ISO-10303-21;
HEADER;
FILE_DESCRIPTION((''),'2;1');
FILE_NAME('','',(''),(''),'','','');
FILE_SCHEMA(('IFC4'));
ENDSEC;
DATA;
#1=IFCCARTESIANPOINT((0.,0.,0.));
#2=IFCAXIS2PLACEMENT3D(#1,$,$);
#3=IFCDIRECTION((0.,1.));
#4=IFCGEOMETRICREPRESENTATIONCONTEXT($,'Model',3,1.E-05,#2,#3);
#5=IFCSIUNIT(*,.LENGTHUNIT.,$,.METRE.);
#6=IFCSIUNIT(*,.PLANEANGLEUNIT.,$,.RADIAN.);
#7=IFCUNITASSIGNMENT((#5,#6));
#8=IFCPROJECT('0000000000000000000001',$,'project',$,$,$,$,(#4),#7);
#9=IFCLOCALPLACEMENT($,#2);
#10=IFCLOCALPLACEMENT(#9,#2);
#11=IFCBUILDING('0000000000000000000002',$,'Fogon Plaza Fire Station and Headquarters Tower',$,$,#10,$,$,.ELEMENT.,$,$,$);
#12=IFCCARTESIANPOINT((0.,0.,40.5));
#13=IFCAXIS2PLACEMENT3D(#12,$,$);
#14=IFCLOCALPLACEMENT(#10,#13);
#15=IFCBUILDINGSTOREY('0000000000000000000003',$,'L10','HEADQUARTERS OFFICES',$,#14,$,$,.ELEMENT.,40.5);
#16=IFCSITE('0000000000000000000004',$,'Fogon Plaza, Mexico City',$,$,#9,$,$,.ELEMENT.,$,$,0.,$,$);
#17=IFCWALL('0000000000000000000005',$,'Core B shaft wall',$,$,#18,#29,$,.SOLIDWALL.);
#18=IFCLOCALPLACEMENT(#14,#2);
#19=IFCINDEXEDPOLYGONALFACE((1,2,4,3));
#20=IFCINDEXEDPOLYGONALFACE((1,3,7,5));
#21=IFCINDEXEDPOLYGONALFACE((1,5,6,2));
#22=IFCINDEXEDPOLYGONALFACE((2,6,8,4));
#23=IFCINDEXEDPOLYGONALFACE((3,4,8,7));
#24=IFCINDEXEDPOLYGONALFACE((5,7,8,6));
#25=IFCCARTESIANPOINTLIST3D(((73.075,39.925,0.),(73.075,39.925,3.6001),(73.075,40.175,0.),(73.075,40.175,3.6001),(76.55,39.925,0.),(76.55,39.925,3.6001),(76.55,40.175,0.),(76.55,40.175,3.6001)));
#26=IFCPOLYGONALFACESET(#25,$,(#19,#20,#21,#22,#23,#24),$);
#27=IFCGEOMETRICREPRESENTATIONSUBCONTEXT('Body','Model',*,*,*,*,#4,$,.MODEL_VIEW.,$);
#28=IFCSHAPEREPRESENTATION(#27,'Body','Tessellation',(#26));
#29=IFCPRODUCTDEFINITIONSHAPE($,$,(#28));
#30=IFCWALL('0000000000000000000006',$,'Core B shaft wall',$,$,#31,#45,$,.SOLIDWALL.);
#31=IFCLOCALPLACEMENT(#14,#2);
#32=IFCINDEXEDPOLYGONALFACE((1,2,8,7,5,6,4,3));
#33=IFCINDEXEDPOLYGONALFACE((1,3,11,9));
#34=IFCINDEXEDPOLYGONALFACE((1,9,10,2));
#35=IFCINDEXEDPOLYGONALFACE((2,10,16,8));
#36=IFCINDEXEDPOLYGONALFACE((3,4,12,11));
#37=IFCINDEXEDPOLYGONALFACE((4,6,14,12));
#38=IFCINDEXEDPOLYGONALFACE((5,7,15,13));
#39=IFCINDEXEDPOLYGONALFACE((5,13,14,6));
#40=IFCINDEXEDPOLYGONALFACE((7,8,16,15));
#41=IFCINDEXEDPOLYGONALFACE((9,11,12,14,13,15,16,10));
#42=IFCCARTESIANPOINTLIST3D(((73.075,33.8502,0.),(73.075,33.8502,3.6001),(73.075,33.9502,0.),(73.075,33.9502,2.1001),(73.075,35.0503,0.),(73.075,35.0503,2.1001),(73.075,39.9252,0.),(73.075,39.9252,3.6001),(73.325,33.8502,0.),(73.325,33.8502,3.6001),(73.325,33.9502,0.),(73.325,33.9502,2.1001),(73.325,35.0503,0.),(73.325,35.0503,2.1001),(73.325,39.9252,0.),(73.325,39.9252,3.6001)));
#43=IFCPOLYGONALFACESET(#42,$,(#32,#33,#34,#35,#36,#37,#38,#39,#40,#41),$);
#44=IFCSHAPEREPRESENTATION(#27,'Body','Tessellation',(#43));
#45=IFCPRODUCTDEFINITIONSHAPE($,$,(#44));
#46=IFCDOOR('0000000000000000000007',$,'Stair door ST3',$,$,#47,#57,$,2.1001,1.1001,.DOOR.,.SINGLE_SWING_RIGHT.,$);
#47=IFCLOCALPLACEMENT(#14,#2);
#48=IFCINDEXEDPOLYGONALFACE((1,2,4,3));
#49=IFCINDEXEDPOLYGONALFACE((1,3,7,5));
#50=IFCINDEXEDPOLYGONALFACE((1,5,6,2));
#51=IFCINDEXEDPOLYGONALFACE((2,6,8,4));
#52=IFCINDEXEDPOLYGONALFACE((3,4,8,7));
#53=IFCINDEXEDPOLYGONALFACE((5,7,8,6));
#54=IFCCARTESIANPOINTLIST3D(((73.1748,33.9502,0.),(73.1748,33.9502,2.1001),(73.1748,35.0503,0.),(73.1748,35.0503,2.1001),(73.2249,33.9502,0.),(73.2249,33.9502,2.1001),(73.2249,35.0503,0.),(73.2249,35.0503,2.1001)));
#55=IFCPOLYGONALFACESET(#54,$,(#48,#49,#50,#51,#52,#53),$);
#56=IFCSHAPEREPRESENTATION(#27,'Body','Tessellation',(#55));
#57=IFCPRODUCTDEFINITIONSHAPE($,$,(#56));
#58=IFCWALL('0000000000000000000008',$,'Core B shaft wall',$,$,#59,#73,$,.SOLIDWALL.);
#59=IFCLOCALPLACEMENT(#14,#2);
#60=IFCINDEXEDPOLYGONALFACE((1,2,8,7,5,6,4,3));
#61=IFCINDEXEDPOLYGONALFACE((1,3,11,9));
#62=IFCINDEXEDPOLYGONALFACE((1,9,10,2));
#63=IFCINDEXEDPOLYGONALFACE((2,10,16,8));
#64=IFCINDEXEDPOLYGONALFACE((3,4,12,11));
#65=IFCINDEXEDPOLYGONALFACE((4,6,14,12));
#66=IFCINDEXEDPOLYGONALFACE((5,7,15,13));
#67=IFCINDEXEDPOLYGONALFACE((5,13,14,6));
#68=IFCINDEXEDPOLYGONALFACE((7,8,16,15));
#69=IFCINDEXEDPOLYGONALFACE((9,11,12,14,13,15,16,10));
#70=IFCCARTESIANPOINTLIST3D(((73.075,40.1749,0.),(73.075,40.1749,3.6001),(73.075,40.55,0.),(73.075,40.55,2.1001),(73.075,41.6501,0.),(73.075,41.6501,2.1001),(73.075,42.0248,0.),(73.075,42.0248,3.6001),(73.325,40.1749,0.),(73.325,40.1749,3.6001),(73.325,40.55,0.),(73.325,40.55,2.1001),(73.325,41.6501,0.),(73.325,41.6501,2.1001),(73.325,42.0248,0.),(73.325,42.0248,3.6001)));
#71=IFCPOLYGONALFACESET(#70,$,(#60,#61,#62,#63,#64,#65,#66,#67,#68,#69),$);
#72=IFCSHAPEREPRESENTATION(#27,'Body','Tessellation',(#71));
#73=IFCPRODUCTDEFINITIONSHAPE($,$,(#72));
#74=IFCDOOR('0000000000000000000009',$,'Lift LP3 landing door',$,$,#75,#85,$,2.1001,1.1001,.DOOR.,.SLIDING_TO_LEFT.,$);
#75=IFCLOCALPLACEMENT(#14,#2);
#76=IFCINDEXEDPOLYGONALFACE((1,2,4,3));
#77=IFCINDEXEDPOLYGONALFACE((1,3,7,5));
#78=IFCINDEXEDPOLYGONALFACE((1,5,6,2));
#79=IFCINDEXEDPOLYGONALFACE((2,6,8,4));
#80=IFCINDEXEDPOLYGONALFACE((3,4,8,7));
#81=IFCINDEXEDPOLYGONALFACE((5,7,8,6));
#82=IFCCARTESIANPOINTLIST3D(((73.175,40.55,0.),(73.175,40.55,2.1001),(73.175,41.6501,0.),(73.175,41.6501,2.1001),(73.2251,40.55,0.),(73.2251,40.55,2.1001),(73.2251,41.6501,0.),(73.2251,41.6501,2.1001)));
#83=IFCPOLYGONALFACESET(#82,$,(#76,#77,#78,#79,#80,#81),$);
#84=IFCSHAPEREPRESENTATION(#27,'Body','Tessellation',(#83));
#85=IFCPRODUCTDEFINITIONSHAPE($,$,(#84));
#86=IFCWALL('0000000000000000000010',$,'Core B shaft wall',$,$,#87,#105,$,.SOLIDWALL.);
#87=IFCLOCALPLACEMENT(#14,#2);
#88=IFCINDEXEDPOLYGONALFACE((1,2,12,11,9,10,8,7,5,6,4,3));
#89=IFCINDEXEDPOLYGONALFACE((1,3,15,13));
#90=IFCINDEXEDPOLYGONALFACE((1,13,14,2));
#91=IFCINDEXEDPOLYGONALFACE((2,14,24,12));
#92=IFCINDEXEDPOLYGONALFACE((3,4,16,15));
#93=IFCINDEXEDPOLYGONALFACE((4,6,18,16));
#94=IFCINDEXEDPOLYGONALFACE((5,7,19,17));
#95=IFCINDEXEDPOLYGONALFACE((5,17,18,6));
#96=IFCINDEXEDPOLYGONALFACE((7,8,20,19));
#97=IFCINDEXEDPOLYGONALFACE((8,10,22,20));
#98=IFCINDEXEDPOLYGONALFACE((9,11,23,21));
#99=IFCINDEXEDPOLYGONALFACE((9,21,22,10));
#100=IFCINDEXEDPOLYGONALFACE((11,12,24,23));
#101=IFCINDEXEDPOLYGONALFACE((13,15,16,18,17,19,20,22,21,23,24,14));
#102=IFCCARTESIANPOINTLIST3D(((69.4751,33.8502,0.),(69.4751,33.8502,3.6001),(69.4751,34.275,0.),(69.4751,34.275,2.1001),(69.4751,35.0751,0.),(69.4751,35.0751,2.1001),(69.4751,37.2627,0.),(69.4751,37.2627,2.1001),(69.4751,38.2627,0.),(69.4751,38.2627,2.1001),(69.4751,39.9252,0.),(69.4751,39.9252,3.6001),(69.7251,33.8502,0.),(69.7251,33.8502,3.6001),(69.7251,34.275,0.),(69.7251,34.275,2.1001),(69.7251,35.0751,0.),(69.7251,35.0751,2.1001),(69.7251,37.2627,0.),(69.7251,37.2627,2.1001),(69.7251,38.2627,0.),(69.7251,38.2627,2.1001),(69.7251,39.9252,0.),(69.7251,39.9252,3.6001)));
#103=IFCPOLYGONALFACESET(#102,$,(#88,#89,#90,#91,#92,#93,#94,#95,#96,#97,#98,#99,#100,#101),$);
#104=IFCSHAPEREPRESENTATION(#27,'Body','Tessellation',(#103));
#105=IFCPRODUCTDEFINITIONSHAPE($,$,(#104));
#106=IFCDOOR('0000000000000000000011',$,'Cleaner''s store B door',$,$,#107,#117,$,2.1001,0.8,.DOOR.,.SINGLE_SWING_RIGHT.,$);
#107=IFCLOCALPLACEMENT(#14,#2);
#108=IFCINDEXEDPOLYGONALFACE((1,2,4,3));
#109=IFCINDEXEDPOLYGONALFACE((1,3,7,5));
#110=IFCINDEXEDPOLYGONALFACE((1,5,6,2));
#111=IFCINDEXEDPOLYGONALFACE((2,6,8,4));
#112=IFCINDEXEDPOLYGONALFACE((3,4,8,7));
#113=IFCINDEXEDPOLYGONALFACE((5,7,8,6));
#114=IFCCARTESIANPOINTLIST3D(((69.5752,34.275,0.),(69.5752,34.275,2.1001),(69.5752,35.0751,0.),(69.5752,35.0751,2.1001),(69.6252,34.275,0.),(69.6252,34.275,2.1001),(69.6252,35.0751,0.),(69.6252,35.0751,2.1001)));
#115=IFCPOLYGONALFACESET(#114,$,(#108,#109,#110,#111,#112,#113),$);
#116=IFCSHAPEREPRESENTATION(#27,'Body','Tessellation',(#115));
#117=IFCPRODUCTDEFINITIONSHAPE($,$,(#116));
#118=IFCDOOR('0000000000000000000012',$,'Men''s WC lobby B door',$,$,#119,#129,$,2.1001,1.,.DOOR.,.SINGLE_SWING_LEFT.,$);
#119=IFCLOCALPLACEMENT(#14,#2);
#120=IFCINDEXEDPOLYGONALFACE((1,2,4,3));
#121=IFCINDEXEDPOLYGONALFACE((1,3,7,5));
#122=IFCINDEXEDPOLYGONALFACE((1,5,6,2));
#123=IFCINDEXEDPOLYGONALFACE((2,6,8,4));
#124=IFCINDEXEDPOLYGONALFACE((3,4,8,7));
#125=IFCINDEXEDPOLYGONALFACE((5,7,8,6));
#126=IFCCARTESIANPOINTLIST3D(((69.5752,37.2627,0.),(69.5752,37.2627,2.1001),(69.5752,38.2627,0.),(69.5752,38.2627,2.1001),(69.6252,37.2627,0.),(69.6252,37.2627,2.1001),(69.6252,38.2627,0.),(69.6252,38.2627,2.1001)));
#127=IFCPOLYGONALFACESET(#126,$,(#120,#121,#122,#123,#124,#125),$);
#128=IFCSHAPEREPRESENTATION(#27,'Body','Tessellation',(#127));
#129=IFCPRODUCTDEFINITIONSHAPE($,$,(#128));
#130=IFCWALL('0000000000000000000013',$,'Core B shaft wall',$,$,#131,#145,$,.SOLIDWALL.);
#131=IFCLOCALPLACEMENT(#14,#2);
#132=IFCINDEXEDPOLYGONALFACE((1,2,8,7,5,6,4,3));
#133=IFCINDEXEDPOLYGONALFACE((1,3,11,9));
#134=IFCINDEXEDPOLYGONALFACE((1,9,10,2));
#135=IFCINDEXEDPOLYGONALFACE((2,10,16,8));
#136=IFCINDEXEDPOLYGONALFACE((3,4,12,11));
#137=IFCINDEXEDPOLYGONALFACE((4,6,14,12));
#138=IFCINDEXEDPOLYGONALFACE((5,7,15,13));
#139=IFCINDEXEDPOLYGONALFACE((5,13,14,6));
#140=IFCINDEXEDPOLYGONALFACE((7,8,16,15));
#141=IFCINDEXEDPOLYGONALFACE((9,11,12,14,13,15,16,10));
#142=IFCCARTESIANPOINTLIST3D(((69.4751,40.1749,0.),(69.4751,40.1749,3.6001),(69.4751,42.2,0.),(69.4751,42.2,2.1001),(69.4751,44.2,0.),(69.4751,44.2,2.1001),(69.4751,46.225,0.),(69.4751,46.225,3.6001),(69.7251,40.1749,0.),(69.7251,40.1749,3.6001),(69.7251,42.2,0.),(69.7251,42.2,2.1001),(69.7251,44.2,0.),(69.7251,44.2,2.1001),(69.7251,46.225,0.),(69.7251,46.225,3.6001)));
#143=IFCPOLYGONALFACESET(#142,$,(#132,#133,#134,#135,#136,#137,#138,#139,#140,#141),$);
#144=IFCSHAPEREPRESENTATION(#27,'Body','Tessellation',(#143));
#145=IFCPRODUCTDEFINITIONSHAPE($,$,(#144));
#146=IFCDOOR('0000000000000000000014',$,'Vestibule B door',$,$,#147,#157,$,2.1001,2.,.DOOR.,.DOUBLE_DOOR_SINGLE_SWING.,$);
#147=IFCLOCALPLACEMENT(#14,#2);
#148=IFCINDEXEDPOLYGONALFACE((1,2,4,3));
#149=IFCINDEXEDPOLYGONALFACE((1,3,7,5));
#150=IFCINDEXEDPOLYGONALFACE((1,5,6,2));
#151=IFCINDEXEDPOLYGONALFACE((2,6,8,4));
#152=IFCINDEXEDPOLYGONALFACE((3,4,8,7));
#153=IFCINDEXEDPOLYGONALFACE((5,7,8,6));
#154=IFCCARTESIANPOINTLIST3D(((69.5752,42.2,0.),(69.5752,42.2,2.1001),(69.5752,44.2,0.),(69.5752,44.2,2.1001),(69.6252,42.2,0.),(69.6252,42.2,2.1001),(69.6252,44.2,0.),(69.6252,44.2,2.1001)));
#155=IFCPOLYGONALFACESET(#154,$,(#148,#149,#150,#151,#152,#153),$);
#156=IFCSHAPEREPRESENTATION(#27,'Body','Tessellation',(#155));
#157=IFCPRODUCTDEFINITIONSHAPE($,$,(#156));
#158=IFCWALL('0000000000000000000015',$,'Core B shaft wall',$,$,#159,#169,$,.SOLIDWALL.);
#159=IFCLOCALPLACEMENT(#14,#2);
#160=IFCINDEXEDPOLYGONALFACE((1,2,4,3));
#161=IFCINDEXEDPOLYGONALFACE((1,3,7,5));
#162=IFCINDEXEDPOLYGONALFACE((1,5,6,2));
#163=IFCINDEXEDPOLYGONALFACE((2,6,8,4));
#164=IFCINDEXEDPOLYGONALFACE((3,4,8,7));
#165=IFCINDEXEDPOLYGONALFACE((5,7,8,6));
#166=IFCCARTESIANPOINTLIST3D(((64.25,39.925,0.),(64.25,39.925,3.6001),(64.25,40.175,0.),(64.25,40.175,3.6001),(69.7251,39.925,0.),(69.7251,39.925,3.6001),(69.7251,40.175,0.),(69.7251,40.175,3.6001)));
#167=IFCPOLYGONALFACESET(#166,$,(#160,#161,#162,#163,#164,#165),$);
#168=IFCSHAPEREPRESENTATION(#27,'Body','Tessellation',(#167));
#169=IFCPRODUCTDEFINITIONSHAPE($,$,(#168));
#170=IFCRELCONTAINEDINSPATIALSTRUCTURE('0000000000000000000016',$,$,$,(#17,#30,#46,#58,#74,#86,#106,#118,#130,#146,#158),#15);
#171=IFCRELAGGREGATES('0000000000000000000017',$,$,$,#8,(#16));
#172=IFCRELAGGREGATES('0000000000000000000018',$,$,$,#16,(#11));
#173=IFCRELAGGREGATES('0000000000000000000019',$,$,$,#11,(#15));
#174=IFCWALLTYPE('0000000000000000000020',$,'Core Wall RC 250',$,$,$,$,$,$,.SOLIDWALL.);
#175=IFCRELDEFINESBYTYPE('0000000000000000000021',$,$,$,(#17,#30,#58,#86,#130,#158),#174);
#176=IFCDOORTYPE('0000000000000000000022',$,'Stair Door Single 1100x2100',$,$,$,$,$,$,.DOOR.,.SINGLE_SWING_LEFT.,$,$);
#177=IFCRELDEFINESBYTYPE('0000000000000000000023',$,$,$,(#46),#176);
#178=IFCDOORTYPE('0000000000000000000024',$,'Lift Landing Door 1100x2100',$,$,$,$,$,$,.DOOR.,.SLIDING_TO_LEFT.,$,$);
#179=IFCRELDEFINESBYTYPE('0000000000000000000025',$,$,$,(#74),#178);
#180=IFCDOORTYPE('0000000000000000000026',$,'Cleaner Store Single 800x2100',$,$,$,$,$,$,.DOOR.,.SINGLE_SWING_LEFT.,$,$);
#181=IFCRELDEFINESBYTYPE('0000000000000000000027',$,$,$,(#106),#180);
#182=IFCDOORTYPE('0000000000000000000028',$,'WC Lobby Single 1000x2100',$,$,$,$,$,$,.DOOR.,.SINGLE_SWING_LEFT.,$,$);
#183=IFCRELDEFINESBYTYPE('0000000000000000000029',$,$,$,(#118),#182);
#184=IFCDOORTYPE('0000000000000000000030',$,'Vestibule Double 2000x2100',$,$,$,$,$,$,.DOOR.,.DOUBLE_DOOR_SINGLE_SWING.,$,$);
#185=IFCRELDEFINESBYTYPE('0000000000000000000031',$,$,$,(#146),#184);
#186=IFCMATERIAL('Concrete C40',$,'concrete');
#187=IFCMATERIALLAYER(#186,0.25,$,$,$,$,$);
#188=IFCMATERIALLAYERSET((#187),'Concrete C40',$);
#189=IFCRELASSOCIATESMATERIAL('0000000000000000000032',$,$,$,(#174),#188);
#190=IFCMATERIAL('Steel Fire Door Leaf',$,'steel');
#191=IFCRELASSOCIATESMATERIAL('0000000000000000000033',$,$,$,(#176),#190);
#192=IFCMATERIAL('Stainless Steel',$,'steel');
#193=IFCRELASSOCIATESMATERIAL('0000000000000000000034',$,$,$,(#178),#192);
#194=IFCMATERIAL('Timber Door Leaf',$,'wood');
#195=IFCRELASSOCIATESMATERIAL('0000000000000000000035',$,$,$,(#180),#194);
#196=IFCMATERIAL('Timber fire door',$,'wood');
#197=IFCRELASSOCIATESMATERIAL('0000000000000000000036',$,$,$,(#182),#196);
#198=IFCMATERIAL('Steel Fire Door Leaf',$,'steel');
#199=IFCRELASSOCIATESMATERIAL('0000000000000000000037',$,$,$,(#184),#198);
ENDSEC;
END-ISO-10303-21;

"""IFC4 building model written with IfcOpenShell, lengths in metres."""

from ifc_helpers import new_model, si_unit, direction, frame, frame_2d, origin, place, context, subcontext, project, spatial, rectangle, extrude, material, layer, layer_set, type_object, element, fill, save


model = new_model("IFC4")

# Units and contexts
model_context = context("Model", 3, precision=1e-05, world=origin(), true_north=direction((0.0, 1.0)))
body_context = subcontext(model_context, "Body", "Model", "MODEL_VIEW")
ifc_project = project(units=[si_unit("LENGTHUNIT", "METRE"), si_unit("PLANEANGLEUNIT", "RADIAN")], contexts=[model_context])

# Site, building, storey
site_placement = place(None, origin())
site = spatial("IfcSite", under=ifc_project, at=site_placement, Name="Fogon Plaza, Mexico City", CompositionType="ELEMENT", RefElevation=0.0)
building_placement = place(site_placement, origin())
building = spatial("IfcBuilding", under=site, at=building_placement, Name="Fogon Plaza Fire Station and Headquarters Tower", CompositionType="ELEMENT")
storey_placement = place(building_placement, frame((0.0, 0.0, 40.5)))
storey = spatial("IfcBuildingStorey", under=building, at=storey_placement, Name="L10", Description="HEADQUARTERS OFFICES", CompositionType="ELEMENT", Elevation=40.5)

# Wall
ifc_material_1 = material(Name="Concrete C40", Category="concrete")
ifc_layer_1 = layer(ifc_material_1, 0.25)
ifc_layer_set_1 = layer_set([ifc_layer_1], Name="Concrete C40")
wall_type_1 = type_object("IfcWallType", Name="Core Wall RC 250", PredefinedType="SOLIDWALL", material=ifc_layer_set_1)
wall_1_placement = place(storey_placement, frame((76.55, 40.05, 0.0), z_axis=(0.0, 0.0, 1.0), x_axis=(-1.0, 0.0, 0.0)))
element("IfcWall", 1, at=wall_1_placement, inside=storey, type_object=wall_type_1, Name="Core B shaft wall", PredefinedType="SOLIDWALL", context=body_context, shape_type="SweptSolid", body=[
    extrude(rectangle(XDim=3.4751, YDim=0.25, at=frame_2d((1.7375, 0.0))), origin(), (0.0, 0.0, 1.0), 3.6001),
])

# Walls, openings, doors
wall_2_placement = place(storey_placement, frame((73.2, 33.8501, 0.0), z_axis=(0.0, 0.0, 1.0), x_axis=(0.0, 1.0, 0.0)))
wall_2 = element("IfcWall", 2, at=wall_2_placement, inside=storey, type_object=wall_type_1, Name="Core B shaft wall", PredefinedType="SOLIDWALL", context=body_context, shape_type="SweptSolid", body=[
    extrude(rectangle(XDim=6.075, YDim=0.25, at=frame_2d((3.0376, 0.0))), origin(), (0.0, 0.0, 1.0), 3.6001),
])
opening_1_placement = place(wall_2_placement, frame((0.1001, 0.0, 0.0)))
opening_1 = element("IfcOpeningElement", 3, at=opening_1_placement, cuts=wall_2, PredefinedType="OPENING", context=body_context, shape_type="SweptSolid", body=[
    extrude(rectangle(XDim=1.1001, YDim=2.1001, at=frame_2d((0.55, 1.05))), frame((0.0, 0.135, 0.0), z_axis=(0.0, -1.0, 0.0), x_axis=(1.0, 0.0, 0.0)), (0.0, 0.0, 1.0), 0.27),
])
ifc_material_2 = material(Name="Steel Fire Door Leaf", Category="steel")
door_type_1 = type_object("IfcDoorType", Name="Stair Door Single 1100x2100", OperationType="SINGLE_SWING_LEFT", PredefinedType="DOOR", material=ifc_material_2)
door_1_placement = place(opening_1_placement, frame((1.1001, 0.0, 0.0), z_axis=(0.0, 0.0, 1.0), x_axis=(-1.0, 0.0, 0.0)))
door_1 = element("IfcDoor", 4, at=door_1_placement, inside=storey, type_object=door_type_1, Name="Stair door ST3", OperationType="SINGLE_SWING_RIGHT", OverallHeight=2.1001, OverallWidth=1.1001, PredefinedType="DOOR", context=body_context, shape_type="SweptSolid", body=[
    extrude(rectangle(XDim=1.1001, YDim=2.1001, at=frame_2d((0.55, 1.05))), frame((0.0, 0.0249, 0.0), z_axis=(0.0, -1.0, 0.0), x_axis=(1.0, 0.0, 0.0)), (0.0, 0.0, 1.0), 0.05),
])
fill(opening_1, door_1)
wall_3_placement = place(storey_placement, frame((73.2, 40.175, 0.0), z_axis=(0.0, 0.0, 1.0), x_axis=(0.0, 1.0, 0.0)))
wall_3 = element("IfcWall", 5, at=wall_3_placement, inside=storey, type_object=wall_type_1, Name="Core B shaft wall", PredefinedType="SOLIDWALL", context=body_context, shape_type="SweptSolid", body=[
    extrude(rectangle(XDim=1.8499, YDim=0.25, at=frame_2d((0.9248, 0.0))), origin(), (0.0, 0.0, 1.0), 3.6001),
])
opening_2_placement = place(wall_3_placement, frame((0.375, 0.0, 0.0)))
opening_2 = element("IfcOpeningElement", 6, at=opening_2_placement, cuts=wall_3, PredefinedType="OPENING", context=body_context, shape_type="SweptSolid", body=[
    extrude(rectangle(XDim=1.1001, YDim=2.1001, at=frame_2d((0.55, 1.05))), frame((0.0, 0.135, 0.0), z_axis=(0.0, -1.0, 0.0), x_axis=(1.0, 0.0, 0.0)), (0.0, 0.0, 1.0), 0.27),
])
ifc_material_3 = material(Name="Stainless Steel", Category="steel")
door_type_2 = type_object("IfcDoorType", Name="Lift Landing Door 1100x2100", OperationType="SLIDING_TO_LEFT", PredefinedType="DOOR", material=ifc_material_3)
door_2_placement = place(opening_2_placement, origin())
door_2 = element("IfcDoor", 7, at=door_2_placement, inside=storey, type_object=door_type_2, Name="Lift LP3 landing door", OperationType="SLIDING_TO_LEFT", OverallHeight=2.1001, OverallWidth=1.1001, PredefinedType="DOOR", context=body_context, shape_type="SweptSolid", body=[
    extrude(rectangle(XDim=1.1001, YDim=2.1001, at=frame_2d((0.55, 1.05))), frame((0.0, 0.0249, 0.0), z_axis=(0.0, -1.0, 0.0), x_axis=(1.0, 0.0, 0.0)), (0.0, 0.0, 1.0), 0.05),
])
fill(opening_2, door_2)

# Wall, openings, doors
wall_4_placement = place(storey_placement, frame((69.6001, 33.8501, 0.0), z_axis=(0.0, 0.0, 1.0), x_axis=(0.0, 1.0, 0.0)))
wall_4 = element("IfcWall", 8, at=wall_4_placement, inside=storey, type_object=wall_type_1, Name="Core B shaft wall", PredefinedType="SOLIDWALL", context=body_context, shape_type="SweptSolid", body=[
    extrude(rectangle(XDim=6.075, YDim=0.25, at=frame_2d((3.0376, 0.0))), origin(), (0.0, 0.0, 1.0), 3.6001),
])
opening_3_placement = place(wall_4_placement, frame((0.425, 0.0, 0.0)))
opening_3 = element("IfcOpeningElement", 9, at=opening_3_placement, cuts=wall_4, PredefinedType="OPENING", context=body_context, shape_type="SweptSolid", body=[
    extrude(rectangle(XDim=0.8, YDim=2.1001, at=frame_2d((0.3999, 1.05))), frame((0.0, 0.135, 0.0), z_axis=(0.0, -1.0, 0.0), x_axis=(1.0, 0.0, 0.0)), (0.0, 0.0, 1.0), 0.27),
])
opening_4_placement = place(wall_4_placement, frame((3.4126, 0.0, 0.0)))
opening_4 = element("IfcOpeningElement", 10, at=opening_4_placement, cuts=wall_4, PredefinedType="OPENING", context=body_context, shape_type="SweptSolid", body=[
    extrude(rectangle(XDim=1.0, YDim=2.1001, at=frame_2d((0.5, 1.05))), frame((0.0, 0.135, 0.0), z_axis=(0.0, -1.0, 0.0), x_axis=(1.0, 0.0, 0.0)), (0.0, 0.0, 1.0), 0.27),
])
ifc_material_4 = material(Name="Timber Door Leaf", Category="wood")
door_type_3 = type_object("IfcDoorType", Name="Cleaner Store Single 800x2100", OperationType="SINGLE_SWING_LEFT", PredefinedType="DOOR", material=ifc_material_4)
door_3_placement = place(opening_3_placement, origin())
door_3 = element("IfcDoor", 11, at=door_3_placement, inside=storey, type_object=door_type_3, Name="Cleaner's store B door", OperationType="SINGLE_SWING_RIGHT", OverallHeight=2.1001, OverallWidth=0.8, PredefinedType="DOOR", context=body_context, shape_type="SweptSolid", body=[
    extrude(rectangle(XDim=0.8, YDim=2.1001, at=frame_2d((0.3999, 1.05))), frame((0.0, 0.0249, 0.0), z_axis=(0.0, -1.0, 0.0), x_axis=(1.0, 0.0, 0.0)), (0.0, 0.0, 1.0), 0.05),
])
fill(opening_3, door_3)
ifc_material_5 = material(Name="Timber fire door", Category="wood")
door_type_4 = type_object("IfcDoorType", Name="WC Lobby Single 1000x2100", OperationType="SINGLE_SWING_LEFT", PredefinedType="DOOR", material=ifc_material_5)
door_4_placement = place(opening_4_placement, origin())
door_4 = element("IfcDoor", 12, at=door_4_placement, inside=storey, type_object=door_type_4, Name="Men's WC lobby B door", OperationType="SINGLE_SWING_LEFT", OverallHeight=2.1001, OverallWidth=1.0, PredefinedType="DOOR", context=body_context, shape_type="SweptSolid", body=[
    extrude(rectangle(XDim=1.0, YDim=2.1001, at=frame_2d((0.5, 1.05))), frame((0.0, 0.0249, 0.0), z_axis=(0.0, -1.0, 0.0), x_axis=(1.0, 0.0, 0.0)), (0.0, 0.0, 1.0), 0.05),
])
fill(opening_4, door_4)

# Wall, opening, door
wall_5_placement = place(storey_placement, frame((69.6001, 40.175, 0.0), z_axis=(0.0, 0.0, 1.0), x_axis=(0.0, 1.0, 0.0)))
wall_5 = element("IfcWall", 13, at=wall_5_placement, inside=storey, type_object=wall_type_1, Name="Core B shaft wall", PredefinedType="SOLIDWALL", context=body_context, shape_type="SweptSolid", body=[
    extrude(rectangle(XDim=6.05, YDim=0.25, at=frame_2d((3.0249, 0.0))), origin(), (0.0, 0.0, 1.0), 3.6001),
])
opening_5_placement = place(wall_5_placement, frame((2.0249, 0.0, 0.0)))
opening_5 = element("IfcOpeningElement", 14, at=opening_5_placement, cuts=wall_5, PredefinedType="OPENING", context=body_context, shape_type="SweptSolid", body=[
    extrude(rectangle(XDim=2.0, YDim=2.1001, at=frame_2d((1.0, 1.05))), frame((0.0, 0.135, 0.0), z_axis=(0.0, -1.0, 0.0), x_axis=(1.0, 0.0, 0.0)), (0.0, 0.0, 1.0), 0.27),
])
ifc_material_6 = material(Name="Steel Fire Door Leaf", Category="steel")
door_type_5 = type_object("IfcDoorType", Name="Vestibule Double 2000x2100", OperationType="DOUBLE_DOOR_SINGLE_SWING", PredefinedType="DOOR", material=ifc_material_6)
door_5_placement = place(opening_5_placement, origin())
door_5 = element("IfcDoor", 15, at=door_5_placement, inside=storey, type_object=door_type_5, Name="Vestibule B door", OperationType="DOUBLE_DOOR_SINGLE_SWING", OverallHeight=2.1001, OverallWidth=2.0, PredefinedType="DOOR", context=body_context, shape_type="SweptSolid", body=[
    extrude(rectangle(XDim=2.0, YDim=2.1001, at=frame_2d((1.0, 1.05))), frame((0.0, 0.0249, 0.0), z_axis=(0.0, -1.0, 0.0), x_axis=(1.0, 0.0, 0.0)), (0.0, 0.0, 1.0), 0.05),
])
fill(opening_5, door_5)

# Wall
wall_6_placement = place(storey_placement, frame((69.7251, 40.05, 0.0), z_axis=(0.0, 0.0, 1.0), x_axis=(-1.0, 0.0, 0.0)))
element("IfcWall", 16, at=wall_6_placement, inside=storey, type_object=wall_type_1, Name="Core B shaft wall", PredefinedType="SOLIDWALL", context=body_context, shape_type="SweptSolid", body=[
    extrude(rectangle(XDim=5.4751, YDim=0.25, at=frame_2d((2.7375, 0.0))), origin(), (0.0, 0.0, 1.0), 3.6001),
])

save(model, "model.ifc")
